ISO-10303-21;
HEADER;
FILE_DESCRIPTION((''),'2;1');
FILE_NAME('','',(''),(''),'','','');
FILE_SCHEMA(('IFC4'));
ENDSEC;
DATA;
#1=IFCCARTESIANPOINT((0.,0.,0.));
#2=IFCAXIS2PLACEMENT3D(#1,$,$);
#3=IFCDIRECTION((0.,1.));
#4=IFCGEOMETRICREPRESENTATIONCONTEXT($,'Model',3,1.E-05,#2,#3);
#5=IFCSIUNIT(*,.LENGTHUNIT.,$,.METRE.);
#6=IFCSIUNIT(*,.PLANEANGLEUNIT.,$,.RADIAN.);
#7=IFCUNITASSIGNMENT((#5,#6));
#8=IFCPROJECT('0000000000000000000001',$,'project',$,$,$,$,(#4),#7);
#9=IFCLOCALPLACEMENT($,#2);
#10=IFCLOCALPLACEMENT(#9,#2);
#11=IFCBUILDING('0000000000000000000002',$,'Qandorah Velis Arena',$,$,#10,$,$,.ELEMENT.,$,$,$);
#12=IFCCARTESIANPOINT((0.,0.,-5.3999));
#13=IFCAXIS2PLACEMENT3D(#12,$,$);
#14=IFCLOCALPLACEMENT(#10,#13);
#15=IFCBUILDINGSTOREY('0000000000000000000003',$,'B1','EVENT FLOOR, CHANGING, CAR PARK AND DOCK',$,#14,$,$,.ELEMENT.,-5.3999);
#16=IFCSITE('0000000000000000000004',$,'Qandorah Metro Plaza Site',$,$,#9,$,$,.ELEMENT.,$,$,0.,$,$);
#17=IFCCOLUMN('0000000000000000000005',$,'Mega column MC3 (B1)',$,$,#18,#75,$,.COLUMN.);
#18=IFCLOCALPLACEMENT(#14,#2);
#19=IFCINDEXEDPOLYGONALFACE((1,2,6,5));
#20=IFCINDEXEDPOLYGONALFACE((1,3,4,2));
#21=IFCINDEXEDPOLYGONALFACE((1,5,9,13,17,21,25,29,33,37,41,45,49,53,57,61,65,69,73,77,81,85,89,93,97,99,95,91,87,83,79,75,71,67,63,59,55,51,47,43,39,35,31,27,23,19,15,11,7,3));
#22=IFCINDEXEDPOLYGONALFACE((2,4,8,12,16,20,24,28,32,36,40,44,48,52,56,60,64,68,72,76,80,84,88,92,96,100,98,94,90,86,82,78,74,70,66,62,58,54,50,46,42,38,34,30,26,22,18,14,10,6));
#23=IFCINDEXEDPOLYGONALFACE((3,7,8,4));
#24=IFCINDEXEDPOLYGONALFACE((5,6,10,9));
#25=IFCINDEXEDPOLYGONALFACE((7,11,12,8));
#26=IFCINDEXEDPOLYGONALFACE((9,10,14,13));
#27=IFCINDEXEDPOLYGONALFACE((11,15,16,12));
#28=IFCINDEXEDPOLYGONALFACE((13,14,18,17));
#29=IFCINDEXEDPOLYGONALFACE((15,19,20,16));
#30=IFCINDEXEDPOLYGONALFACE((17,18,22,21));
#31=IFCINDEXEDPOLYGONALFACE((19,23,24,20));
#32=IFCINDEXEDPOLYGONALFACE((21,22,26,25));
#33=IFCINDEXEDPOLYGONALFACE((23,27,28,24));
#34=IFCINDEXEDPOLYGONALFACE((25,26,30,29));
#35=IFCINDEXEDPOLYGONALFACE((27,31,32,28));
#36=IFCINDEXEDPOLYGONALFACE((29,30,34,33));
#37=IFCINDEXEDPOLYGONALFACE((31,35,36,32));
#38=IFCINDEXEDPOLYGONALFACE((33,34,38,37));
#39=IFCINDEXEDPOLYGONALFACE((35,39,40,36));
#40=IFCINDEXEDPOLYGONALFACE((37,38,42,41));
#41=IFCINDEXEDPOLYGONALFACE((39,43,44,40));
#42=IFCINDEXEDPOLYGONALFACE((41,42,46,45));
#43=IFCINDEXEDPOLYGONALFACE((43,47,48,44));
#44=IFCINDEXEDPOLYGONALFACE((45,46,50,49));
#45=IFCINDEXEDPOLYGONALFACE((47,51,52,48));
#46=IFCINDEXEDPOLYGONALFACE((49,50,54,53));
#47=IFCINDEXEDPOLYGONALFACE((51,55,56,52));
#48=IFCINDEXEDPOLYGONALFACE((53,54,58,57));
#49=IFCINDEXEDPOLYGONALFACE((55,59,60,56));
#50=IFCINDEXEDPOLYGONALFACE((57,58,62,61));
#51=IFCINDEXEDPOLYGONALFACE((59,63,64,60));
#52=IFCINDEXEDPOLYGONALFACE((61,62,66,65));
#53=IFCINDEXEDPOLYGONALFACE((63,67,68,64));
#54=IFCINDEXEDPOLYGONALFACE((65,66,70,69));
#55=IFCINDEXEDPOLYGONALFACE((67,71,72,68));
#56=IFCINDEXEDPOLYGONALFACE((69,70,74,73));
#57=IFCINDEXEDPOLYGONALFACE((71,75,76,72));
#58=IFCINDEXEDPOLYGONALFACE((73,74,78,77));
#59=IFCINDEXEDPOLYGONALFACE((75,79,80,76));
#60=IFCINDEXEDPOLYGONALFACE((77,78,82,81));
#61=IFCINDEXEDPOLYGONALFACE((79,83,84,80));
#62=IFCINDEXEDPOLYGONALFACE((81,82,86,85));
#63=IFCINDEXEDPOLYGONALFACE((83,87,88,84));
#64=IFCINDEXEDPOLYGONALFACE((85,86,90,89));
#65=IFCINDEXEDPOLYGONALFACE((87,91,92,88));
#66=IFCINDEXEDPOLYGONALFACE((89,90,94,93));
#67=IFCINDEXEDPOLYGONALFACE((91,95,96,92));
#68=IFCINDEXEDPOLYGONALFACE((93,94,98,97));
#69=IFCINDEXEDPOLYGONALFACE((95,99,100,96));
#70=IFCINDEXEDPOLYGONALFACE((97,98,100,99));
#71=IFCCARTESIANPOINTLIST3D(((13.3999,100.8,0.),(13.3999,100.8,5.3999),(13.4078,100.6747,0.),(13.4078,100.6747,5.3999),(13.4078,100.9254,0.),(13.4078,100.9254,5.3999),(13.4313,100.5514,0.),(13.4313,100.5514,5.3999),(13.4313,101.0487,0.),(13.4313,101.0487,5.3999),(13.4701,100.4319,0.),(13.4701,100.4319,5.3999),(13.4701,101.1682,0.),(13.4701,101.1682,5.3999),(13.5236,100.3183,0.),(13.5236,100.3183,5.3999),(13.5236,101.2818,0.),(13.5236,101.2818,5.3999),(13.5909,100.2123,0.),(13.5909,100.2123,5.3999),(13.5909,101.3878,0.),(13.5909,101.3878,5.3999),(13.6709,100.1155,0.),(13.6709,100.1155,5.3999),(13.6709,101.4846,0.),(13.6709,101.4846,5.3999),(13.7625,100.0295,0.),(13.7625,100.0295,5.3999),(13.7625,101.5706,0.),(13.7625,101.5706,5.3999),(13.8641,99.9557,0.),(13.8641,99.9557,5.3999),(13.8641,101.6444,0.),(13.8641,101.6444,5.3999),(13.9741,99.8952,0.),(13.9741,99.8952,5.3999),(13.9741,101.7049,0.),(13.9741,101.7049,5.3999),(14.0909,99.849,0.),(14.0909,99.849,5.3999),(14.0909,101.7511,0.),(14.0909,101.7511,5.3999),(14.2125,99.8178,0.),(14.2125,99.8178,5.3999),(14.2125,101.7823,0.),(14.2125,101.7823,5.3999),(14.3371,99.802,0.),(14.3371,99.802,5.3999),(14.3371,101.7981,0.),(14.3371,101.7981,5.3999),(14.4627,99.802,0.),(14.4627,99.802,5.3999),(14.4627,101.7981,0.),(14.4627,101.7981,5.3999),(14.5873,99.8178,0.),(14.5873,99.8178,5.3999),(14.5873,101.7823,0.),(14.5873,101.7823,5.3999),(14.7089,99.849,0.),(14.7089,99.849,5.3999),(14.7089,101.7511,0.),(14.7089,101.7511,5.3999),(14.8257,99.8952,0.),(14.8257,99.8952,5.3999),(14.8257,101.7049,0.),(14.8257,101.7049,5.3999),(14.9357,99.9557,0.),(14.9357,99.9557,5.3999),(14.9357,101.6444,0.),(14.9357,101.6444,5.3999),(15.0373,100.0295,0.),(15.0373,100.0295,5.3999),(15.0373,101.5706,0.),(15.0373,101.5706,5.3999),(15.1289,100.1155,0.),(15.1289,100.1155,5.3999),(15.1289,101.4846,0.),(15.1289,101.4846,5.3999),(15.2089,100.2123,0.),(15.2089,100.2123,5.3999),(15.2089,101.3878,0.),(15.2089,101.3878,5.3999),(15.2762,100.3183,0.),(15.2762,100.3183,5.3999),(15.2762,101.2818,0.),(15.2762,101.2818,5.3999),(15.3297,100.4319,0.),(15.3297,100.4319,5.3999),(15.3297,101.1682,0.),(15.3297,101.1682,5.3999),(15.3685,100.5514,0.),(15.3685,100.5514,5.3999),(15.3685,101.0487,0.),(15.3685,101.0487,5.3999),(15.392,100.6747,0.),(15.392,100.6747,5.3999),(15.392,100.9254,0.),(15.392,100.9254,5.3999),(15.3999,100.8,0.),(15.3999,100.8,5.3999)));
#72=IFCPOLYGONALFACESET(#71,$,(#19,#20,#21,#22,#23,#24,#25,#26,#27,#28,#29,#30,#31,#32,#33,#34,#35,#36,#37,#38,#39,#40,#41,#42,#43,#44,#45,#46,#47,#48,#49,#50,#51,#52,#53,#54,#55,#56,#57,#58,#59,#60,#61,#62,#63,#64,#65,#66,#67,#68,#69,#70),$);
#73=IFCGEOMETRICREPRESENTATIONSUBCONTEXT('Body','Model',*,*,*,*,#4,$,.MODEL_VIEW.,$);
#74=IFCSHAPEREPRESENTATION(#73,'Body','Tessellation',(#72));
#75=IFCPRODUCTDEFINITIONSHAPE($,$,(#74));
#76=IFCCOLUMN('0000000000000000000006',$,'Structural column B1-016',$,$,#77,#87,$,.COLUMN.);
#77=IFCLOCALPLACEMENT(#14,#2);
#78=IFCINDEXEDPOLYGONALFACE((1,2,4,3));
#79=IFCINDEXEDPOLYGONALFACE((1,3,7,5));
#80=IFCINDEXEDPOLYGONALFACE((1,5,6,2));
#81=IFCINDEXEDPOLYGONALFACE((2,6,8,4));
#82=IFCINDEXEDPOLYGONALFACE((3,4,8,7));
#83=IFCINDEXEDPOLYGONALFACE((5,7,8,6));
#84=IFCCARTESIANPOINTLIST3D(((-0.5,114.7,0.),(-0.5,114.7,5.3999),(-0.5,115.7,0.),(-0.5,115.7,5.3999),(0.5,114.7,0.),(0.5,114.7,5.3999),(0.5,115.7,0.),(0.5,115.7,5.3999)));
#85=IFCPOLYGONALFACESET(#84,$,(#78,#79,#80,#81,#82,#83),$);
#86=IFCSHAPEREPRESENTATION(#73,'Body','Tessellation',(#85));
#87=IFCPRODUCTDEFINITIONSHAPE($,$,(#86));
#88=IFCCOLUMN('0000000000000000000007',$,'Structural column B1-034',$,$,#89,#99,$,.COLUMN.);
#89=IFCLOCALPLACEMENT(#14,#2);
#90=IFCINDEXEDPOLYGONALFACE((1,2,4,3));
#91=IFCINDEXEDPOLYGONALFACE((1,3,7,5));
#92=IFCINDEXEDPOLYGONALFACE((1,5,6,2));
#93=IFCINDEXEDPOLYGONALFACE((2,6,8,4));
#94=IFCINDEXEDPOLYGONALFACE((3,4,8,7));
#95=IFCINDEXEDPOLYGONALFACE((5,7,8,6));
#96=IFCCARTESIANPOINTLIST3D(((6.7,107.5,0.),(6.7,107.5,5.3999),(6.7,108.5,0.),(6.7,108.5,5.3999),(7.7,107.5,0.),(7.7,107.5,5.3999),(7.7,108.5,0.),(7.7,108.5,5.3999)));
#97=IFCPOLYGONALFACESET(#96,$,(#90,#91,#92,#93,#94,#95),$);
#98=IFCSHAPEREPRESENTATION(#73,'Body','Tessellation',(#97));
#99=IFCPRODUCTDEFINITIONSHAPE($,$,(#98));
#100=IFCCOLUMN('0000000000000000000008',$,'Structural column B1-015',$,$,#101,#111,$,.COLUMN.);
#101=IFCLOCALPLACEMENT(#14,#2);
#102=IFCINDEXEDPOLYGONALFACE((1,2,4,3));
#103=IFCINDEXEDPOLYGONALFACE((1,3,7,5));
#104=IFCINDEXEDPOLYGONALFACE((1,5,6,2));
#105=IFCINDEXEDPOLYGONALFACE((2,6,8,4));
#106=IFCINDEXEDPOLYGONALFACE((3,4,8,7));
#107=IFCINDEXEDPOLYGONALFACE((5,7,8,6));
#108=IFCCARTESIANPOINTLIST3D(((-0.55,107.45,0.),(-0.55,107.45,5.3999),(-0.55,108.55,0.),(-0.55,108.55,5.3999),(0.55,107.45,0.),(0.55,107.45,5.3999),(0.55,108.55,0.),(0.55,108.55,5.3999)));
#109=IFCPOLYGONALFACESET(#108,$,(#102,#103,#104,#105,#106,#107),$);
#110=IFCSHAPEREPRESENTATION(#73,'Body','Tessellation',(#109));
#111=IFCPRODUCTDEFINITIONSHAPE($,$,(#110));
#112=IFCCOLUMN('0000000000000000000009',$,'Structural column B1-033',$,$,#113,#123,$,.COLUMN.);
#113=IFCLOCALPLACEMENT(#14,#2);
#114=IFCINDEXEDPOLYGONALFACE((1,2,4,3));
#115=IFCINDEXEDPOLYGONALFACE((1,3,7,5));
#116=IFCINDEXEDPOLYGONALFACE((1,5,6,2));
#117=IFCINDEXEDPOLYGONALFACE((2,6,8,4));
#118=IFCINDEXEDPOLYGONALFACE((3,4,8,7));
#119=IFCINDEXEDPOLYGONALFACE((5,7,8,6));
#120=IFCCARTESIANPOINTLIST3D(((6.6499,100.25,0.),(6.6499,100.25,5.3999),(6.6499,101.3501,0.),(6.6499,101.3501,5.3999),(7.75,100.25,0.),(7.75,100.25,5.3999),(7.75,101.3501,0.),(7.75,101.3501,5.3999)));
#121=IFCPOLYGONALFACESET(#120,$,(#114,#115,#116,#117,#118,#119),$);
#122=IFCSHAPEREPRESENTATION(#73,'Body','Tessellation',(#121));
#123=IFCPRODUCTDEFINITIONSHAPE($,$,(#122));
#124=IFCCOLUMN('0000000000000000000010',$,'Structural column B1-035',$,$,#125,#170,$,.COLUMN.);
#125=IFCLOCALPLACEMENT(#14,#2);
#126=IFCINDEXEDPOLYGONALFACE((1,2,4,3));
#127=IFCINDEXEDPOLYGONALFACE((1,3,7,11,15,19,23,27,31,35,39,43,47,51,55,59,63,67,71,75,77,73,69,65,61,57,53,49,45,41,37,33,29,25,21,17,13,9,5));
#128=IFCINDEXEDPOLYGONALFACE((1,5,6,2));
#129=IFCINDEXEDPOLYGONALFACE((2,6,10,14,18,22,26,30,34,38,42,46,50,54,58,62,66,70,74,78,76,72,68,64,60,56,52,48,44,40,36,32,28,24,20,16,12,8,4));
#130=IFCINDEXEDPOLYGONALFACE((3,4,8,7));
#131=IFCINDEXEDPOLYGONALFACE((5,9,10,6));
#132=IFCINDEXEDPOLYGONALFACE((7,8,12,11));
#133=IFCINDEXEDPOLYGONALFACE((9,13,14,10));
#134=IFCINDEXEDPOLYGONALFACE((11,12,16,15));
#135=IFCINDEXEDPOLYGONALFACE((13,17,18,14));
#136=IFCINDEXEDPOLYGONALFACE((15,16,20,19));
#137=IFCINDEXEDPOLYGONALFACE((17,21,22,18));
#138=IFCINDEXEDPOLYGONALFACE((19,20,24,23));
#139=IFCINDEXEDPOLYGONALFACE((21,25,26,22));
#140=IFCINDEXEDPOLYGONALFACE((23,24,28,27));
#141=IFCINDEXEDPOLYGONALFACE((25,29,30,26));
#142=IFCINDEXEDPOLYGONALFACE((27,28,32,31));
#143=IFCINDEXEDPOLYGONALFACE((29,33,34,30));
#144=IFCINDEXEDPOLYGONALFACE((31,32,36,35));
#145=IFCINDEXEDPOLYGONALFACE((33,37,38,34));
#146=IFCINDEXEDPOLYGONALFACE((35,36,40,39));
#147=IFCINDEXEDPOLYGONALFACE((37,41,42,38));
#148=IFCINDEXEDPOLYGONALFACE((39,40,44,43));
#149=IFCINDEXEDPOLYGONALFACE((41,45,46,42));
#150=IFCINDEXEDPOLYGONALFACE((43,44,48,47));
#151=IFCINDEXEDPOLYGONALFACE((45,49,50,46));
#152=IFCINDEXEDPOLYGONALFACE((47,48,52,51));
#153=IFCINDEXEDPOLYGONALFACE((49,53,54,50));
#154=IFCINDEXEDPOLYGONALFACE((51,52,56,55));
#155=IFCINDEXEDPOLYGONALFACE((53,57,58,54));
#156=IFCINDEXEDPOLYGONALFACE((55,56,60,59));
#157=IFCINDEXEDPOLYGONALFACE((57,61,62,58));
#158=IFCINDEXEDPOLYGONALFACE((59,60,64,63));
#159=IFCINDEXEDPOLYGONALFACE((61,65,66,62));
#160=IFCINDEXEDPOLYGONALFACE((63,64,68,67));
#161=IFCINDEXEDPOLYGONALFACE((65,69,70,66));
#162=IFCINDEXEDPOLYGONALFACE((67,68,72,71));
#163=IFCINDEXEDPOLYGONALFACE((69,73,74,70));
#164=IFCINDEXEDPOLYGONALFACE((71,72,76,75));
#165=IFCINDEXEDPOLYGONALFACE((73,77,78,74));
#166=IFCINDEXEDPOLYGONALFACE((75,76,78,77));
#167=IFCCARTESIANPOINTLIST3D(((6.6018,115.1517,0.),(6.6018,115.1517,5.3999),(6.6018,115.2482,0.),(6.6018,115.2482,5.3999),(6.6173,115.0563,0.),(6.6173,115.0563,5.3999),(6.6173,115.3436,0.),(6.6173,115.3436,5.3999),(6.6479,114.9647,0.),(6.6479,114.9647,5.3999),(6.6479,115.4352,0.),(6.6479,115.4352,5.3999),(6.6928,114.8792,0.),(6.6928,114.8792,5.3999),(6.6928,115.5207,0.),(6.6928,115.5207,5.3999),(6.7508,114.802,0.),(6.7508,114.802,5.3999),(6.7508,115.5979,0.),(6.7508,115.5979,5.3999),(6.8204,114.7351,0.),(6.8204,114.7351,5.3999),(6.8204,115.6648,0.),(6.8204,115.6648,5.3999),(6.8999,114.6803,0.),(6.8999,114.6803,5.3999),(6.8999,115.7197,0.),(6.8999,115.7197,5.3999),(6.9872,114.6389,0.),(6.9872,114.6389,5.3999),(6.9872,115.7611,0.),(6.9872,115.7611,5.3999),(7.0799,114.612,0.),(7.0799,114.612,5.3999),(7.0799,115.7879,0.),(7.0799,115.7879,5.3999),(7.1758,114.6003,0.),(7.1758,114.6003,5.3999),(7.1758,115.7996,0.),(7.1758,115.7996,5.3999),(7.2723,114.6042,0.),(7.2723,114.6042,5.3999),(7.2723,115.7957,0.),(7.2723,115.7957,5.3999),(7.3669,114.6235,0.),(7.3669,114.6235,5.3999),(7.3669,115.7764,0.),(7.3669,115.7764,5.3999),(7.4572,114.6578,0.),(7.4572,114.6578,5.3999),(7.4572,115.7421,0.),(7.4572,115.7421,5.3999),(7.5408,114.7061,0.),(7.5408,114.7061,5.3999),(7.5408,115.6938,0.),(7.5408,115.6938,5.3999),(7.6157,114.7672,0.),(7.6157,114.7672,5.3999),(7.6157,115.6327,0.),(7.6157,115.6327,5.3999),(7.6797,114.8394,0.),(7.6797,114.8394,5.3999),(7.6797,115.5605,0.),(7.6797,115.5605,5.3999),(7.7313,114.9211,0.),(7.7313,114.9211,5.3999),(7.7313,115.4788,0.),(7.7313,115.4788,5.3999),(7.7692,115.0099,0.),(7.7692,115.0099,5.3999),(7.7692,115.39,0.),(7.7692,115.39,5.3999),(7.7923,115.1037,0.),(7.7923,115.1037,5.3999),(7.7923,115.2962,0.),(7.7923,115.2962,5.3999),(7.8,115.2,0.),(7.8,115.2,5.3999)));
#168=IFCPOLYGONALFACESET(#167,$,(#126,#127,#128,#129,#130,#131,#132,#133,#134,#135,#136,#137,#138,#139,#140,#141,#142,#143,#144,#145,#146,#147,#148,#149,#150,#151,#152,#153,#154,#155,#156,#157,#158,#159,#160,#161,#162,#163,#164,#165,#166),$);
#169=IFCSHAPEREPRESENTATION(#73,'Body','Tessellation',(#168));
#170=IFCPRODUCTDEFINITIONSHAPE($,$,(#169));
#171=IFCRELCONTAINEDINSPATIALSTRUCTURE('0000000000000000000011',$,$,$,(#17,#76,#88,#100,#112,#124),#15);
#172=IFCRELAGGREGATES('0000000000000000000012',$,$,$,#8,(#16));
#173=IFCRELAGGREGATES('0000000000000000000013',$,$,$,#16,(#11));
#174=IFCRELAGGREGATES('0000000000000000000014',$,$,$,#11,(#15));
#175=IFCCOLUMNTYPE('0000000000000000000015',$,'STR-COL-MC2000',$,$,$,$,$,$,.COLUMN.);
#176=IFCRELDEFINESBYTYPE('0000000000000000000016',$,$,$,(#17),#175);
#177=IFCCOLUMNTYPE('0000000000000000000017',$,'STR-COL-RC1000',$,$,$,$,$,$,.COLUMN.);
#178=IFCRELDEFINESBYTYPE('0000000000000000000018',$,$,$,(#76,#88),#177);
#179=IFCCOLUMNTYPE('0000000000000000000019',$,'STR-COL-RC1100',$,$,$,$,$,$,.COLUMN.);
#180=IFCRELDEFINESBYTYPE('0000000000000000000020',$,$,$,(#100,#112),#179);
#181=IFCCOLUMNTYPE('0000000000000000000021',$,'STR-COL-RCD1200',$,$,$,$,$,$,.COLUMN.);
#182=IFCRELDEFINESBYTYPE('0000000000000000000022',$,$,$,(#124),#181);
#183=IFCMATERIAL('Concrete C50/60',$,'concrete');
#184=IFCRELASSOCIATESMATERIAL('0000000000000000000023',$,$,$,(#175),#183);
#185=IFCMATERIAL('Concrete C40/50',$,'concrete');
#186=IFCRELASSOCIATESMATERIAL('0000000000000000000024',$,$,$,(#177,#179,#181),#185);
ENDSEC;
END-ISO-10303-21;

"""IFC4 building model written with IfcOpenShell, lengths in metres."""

from ifc_helpers import new_model, si_unit, direction, frame, origin, origin_2d, place, context, subcontext, project, spatial, rectangle, circle, extrude, material, material_profile, profile_set, type_object, element, save


model = new_model("IFC4")

# Units and contexts
model_context = context("Model", 3, precision=1e-05, world=origin(), true_north=direction((0.0, 1.0)))
body_context = subcontext(model_context, "Body", "Model", "MODEL_VIEW")
ifc_project = project(units=[si_unit("LENGTHUNIT", "METRE"), si_unit("PLANEANGLEUNIT", "RADIAN")], contexts=[model_context])

# Site, building, storey
site_placement = place(None, origin())
site = spatial("IfcSite", under=ifc_project, at=site_placement, Name="Qandorah Metro Plaza Site", CompositionType="ELEMENT", RefElevation=0.0)
building_placement = place(site_placement, origin())
building = spatial("IfcBuilding", under=site, at=building_placement, Name="Qandorah Velis Arena", CompositionType="ELEMENT")
storey_placement = place(building_placement, frame((0.0, 0.0, -5.3999)))
storey = spatial("IfcBuildingStorey", under=building, at=storey_placement, Name="B1", Description="EVENT FLOOR, CHANGING, CAR PARK AND DOCK", CompositionType="ELEMENT", Elevation=-5.3999)

# Shared definitions
ifc_material_1 = material(Name="Concrete C40/50", Category="concrete")

# Columns
ifc_material_2 = material(Name="Concrete C50/60", Category="concrete")
ifc_material_profile_1 = material_profile(ifc_material_2, circle(Radius=1.0, at=origin_2d()), Name="MC D2000")
ifc_profile_set_1 = profile_set([ifc_material_profile_1], Name="Concrete C50/60")
column_type_1 = type_object("IfcColumnType", Name="STR-COL-MC2000", PredefinedType="COLUMN", material=ifc_profile_set_1)
column_1_placement = place(storey_placement, frame((14.3999, 100.8, 0.0), z_axis=(0.0, 0.0, 1.0), x_axis=(1.0, 0.0, 0.0)))
element("IfcColumn", 1, at=column_1_placement, inside=storey, type_object=column_type_1, Name="Mega column MC3 (B1)", PredefinedType="COLUMN", context=body_context, shape_type="SweptSolid", body=[
    extrude(circle(Radius=1.0, at=origin_2d()), origin(), (0.0, 0.0, 1.0), 5.3999),
])
ifc_material_profile_2 = material_profile(ifc_material_1, rectangle(XDim=1.0, YDim=1.0, at=origin_2d()), Name="RC COL 1000x1000")
ifc_profile_set_2 = profile_set([ifc_material_profile_2], Name="Concrete C40/50")
column_type_2 = type_object("IfcColumnType", Name="STR-COL-RC1000", PredefinedType="COLUMN", material=ifc_profile_set_2)
for number, where, z_axis, x_axis, name in (
    (2, (0.0, 115.2, 0.0), (0.0, 0.0, 1.0), (1.0, 0.0, 0.0), "Structural column B1-016"),
    (3, (7.2, 108.0, 0.0), (0.0, 0.0, 1.0), (1.0, 0.0, 0.0), "Structural column B1-034"),
):
    element("IfcColumn", number, at=place(storey_placement, frame(where, z_axis=z_axis, x_axis=x_axis)), inside=storey, type_object=column_type_2, Name=name, PredefinedType="COLUMN", context=body_context, shape_type="SweptSolid", body=[
        extrude(rectangle(XDim=1.0, YDim=1.0, at=origin_2d()), origin(), (0.0, 0.0, 1.0), 5.3999),
    ])
ifc_material_profile_3 = material_profile(ifc_material_1, rectangle(XDim=1.1001, YDim=1.1001, at=origin_2d()), Name="RC COL 1100x1100")
ifc_profile_set_3 = profile_set([ifc_material_profile_3], Name="Concrete C40/50")
column_type_3 = type_object("IfcColumnType", Name="STR-COL-RC1100", PredefinedType="COLUMN", material=ifc_profile_set_3)
for number, where, z_axis, x_axis, name in (
    (4, (0.0, 108.0, 0.0), (0.0, 0.0, 1.0), (1.0, 0.0, 0.0), "Structural column B1-015"),
    (5, (7.2, 100.8, 0.0), (0.0, 0.0, 1.0), (1.0, 0.0, 0.0), "Structural column B1-033"),
):
    element("IfcColumn", number, at=place(storey_placement, frame(where, z_axis=z_axis, x_axis=x_axis)), inside=storey, type_object=column_type_3, Name=name, PredefinedType="COLUMN", context=body_context, shape_type="SweptSolid", body=[
        extrude(rectangle(XDim=1.1001, YDim=1.1001, at=origin_2d()), origin(), (0.0, 0.0, 1.0), 5.3999),
    ])
ifc_material_profile_4 = material_profile(ifc_material_1, circle(Radius=0.6001, at=origin_2d()), Name="RC D1200")
ifc_profile_set_4 = profile_set([ifc_material_profile_4], Name="Concrete C40/50")
column_type_4 = type_object("IfcColumnType", Name="STR-COL-RCD1200", PredefinedType="COLUMN", material=ifc_profile_set_4)
for number, where, z_axis, x_axis, name in (
    (6, (7.2, 115.2, 0.0), (0.0, 0.0, 1.0), (1.0, 0.0, 0.0), "Structural column B1-035"),
):
    element("IfcColumn", number, at=place(storey_placement, frame(where, z_axis=z_axis, x_axis=x_axis)), inside=storey, type_object=column_type_4, Name=name, PredefinedType="COLUMN", context=body_context, shape_type="SweptSolid", body=[
        extrude(circle(Radius=0.6001, at=origin_2d()), origin(), (0.0, 0.0, 1.0), 5.3999),
    ])

save(model, "model.ifc")
